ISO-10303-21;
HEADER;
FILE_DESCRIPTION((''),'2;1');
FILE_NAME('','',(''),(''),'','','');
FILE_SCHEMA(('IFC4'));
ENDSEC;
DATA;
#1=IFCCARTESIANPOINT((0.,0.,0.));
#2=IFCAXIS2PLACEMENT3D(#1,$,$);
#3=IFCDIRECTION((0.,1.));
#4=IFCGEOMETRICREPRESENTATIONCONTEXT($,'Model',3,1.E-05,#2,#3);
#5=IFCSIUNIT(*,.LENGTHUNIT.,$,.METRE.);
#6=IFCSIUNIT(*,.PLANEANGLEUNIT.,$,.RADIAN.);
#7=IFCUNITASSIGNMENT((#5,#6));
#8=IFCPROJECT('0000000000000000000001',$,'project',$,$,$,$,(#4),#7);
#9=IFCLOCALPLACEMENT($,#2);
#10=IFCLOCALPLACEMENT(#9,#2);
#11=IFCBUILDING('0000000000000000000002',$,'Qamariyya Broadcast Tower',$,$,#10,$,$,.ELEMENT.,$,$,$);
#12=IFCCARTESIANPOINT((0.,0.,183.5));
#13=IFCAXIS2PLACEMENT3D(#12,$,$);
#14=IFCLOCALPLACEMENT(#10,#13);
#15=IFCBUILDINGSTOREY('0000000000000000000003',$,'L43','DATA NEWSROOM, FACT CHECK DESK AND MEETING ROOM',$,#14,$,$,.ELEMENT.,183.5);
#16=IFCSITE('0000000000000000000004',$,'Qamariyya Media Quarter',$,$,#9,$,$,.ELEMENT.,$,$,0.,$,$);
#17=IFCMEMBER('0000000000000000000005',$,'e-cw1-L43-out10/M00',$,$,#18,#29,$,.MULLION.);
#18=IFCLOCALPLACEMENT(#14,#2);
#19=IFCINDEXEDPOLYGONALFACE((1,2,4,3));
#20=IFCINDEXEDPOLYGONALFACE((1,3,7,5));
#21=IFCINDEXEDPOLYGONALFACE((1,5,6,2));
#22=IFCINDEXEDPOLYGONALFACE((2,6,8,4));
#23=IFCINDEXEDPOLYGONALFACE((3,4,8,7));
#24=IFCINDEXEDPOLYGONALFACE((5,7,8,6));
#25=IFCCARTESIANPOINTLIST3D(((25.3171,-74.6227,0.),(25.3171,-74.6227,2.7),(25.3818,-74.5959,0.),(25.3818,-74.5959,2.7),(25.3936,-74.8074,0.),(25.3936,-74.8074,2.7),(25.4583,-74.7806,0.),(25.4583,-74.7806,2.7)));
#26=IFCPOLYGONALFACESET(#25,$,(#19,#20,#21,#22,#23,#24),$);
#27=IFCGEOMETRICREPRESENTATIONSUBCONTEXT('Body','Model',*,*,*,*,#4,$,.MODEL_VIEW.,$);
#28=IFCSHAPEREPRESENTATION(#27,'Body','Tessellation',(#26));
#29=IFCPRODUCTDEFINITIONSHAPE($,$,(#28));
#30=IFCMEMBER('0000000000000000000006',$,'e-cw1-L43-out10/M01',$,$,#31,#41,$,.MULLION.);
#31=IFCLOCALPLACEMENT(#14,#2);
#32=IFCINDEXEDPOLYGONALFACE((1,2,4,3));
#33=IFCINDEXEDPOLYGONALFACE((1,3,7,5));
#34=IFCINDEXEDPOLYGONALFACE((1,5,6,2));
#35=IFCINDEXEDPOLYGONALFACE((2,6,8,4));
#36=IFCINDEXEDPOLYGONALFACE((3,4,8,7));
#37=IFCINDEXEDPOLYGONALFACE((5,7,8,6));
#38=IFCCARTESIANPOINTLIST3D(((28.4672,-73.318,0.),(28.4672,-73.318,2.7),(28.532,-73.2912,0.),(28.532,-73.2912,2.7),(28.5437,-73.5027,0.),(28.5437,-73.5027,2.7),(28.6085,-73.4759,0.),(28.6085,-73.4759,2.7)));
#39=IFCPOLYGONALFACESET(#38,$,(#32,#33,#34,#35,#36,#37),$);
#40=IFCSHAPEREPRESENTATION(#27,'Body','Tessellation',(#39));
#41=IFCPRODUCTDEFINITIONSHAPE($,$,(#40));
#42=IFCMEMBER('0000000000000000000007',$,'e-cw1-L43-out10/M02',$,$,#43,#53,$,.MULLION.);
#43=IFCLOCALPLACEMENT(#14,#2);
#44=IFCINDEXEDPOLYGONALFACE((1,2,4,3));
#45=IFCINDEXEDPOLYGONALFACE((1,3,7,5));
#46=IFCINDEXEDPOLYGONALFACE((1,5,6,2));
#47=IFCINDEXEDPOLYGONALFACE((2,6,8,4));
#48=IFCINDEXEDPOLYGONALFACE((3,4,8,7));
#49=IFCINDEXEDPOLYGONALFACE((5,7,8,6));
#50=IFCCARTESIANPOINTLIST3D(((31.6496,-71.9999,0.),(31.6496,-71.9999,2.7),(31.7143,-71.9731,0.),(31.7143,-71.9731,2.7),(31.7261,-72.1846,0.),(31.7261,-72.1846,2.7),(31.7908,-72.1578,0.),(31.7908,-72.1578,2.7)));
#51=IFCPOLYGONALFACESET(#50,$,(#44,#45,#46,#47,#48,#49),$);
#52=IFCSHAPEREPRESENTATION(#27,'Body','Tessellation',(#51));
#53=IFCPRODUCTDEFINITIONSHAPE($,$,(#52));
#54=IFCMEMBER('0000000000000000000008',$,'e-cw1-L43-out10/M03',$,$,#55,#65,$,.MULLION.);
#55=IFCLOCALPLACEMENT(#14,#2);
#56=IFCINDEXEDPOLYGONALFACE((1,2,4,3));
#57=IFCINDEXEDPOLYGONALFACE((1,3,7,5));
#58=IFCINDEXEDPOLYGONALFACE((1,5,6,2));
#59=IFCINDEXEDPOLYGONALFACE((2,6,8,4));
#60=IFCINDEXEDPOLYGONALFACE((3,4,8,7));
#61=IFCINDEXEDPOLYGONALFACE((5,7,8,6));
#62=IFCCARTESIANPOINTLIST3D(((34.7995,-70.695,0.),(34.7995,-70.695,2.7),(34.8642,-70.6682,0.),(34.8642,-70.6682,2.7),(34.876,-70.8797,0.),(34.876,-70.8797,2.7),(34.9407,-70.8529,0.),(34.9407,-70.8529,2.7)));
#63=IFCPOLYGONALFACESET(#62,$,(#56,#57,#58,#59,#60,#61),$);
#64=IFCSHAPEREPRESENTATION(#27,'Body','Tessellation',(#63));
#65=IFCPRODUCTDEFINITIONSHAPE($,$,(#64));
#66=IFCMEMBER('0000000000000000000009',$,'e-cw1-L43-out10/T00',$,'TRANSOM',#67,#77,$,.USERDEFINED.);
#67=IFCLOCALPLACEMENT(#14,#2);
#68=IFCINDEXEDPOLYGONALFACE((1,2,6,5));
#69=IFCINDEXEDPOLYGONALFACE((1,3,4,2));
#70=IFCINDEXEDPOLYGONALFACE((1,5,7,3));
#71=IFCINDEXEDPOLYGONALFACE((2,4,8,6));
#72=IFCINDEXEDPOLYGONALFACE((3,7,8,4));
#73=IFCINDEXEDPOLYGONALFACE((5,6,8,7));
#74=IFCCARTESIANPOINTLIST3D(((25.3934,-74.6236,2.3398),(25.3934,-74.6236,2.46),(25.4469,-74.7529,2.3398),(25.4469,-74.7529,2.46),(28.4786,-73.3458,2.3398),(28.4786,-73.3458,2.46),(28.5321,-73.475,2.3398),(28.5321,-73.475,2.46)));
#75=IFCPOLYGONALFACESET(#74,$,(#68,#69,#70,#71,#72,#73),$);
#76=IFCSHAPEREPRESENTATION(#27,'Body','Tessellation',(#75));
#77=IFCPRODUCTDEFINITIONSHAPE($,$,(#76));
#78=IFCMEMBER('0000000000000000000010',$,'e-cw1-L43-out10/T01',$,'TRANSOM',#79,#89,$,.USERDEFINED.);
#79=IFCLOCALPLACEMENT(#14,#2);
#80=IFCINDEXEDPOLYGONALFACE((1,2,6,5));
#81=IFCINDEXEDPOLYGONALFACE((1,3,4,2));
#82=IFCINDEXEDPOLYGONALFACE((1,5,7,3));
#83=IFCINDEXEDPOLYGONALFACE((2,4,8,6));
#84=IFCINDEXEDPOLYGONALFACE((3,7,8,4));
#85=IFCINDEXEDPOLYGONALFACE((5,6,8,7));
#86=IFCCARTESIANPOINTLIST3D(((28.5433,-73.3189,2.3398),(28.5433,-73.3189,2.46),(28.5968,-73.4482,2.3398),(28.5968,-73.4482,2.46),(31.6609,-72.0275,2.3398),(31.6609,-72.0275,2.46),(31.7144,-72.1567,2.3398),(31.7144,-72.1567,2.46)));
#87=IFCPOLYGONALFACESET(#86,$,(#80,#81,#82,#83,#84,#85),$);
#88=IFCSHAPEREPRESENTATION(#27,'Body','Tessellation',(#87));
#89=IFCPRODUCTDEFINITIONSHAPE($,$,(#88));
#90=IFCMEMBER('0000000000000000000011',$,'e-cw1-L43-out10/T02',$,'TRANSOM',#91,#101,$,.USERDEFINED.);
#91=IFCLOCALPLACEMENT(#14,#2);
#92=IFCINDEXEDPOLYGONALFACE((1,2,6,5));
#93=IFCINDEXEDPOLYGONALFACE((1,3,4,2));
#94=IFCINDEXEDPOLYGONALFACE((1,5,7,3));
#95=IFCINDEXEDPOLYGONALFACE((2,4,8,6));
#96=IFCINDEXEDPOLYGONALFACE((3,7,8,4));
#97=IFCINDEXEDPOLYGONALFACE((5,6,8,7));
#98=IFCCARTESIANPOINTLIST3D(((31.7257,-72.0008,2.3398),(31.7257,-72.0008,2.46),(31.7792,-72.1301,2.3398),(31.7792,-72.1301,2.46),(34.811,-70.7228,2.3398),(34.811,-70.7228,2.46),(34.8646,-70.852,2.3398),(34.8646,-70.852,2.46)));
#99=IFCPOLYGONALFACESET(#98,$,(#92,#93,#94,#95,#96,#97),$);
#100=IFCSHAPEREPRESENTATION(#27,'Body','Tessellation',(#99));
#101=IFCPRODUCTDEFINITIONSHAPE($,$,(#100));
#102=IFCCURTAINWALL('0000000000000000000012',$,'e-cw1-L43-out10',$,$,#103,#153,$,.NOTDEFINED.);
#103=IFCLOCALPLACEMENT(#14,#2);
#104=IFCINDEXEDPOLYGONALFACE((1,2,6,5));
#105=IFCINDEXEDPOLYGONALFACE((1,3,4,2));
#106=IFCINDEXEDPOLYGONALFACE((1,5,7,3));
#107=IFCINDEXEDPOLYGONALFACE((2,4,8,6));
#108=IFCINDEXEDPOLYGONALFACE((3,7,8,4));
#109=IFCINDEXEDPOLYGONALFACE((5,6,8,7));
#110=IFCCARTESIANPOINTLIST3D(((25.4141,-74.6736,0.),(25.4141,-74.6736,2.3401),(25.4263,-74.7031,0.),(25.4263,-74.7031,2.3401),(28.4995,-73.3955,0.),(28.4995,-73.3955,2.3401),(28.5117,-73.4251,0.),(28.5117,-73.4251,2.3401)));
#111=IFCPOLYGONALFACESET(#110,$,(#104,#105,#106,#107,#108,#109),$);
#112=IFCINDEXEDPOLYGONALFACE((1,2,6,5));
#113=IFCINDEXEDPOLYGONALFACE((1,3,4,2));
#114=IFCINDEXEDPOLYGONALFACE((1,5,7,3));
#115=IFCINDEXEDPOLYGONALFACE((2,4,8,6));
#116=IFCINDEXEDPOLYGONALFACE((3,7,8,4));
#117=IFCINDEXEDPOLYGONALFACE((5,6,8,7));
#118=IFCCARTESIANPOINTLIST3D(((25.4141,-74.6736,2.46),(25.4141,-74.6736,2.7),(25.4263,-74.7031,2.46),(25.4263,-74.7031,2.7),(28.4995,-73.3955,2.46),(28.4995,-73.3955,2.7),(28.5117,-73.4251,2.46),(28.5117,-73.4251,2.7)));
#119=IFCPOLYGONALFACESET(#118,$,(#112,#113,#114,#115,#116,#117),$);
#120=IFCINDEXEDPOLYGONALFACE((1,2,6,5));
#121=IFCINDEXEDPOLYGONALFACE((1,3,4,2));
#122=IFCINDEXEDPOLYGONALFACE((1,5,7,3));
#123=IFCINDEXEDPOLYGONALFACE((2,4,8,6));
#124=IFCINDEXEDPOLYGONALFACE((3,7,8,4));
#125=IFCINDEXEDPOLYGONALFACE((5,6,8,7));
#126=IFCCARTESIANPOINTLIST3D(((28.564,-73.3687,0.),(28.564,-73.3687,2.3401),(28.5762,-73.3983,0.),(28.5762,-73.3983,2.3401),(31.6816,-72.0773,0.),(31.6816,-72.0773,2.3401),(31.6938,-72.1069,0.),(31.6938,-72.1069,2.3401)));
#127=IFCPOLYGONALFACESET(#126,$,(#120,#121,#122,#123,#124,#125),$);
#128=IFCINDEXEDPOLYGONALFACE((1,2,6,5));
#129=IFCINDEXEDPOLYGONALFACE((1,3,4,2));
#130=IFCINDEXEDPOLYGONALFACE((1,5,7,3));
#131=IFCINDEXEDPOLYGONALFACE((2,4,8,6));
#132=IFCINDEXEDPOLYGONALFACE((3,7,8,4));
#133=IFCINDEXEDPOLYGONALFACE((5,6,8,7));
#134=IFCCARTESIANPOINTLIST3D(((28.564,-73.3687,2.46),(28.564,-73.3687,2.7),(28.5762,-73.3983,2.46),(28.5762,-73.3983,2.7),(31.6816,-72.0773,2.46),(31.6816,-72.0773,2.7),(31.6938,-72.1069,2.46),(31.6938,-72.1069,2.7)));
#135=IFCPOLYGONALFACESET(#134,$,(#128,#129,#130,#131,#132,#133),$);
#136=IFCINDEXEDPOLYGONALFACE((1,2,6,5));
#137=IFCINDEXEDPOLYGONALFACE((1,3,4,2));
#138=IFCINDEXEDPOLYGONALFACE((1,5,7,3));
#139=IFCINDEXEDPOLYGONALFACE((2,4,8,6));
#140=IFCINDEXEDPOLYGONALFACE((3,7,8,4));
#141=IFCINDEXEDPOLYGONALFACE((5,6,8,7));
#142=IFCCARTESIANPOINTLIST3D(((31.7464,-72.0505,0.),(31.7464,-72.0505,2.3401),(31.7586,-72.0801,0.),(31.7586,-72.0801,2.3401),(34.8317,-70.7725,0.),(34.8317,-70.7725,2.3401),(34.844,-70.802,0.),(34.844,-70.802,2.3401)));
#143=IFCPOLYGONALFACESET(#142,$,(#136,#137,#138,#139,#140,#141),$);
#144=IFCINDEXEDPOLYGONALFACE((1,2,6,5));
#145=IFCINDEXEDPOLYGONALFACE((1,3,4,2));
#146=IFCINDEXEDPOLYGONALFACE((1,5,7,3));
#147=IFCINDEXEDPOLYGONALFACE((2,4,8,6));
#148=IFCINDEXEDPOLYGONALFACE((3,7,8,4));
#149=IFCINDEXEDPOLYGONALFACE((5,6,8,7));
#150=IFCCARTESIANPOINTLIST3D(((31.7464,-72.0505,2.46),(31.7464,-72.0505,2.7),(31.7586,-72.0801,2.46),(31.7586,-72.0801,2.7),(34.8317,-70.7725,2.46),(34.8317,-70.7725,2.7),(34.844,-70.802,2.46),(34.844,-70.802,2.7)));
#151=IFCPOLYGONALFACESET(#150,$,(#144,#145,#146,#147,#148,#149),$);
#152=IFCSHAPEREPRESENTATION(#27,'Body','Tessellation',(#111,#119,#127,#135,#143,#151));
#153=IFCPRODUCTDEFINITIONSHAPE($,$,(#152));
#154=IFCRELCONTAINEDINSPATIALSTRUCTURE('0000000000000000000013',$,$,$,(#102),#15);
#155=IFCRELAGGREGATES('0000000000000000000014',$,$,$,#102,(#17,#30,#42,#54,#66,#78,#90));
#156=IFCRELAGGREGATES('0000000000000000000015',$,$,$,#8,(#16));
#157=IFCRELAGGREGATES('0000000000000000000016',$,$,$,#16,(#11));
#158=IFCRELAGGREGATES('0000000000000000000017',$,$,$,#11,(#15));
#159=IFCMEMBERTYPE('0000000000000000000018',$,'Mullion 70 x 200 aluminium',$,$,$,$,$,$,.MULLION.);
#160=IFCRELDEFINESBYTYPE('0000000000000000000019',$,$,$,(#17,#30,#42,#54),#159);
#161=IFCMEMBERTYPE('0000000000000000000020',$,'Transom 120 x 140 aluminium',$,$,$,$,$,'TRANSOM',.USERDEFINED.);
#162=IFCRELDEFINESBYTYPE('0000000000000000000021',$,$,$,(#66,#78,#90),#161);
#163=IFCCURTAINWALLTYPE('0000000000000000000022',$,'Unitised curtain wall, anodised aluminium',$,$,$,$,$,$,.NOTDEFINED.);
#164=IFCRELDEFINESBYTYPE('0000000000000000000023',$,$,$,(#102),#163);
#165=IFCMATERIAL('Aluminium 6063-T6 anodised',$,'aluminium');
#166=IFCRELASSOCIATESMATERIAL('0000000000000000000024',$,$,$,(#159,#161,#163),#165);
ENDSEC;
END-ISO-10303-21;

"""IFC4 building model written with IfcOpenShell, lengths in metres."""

from ifc_helpers import new_model, si_unit, direction, frame, origin, origin_2d, place, context, subcontext, project, spatial, rectangle, extrude, material, material_profile, profile_set, type_object, element, aggregate, save


model = new_model("IFC4")

# Units and contexts
model_context = context("Model", 3, precision=1e-05, world=origin(), true_north=direction((0.0, 1.0)))
body_context = subcontext(model_context, "Body", "Model", "MODEL_VIEW")
ifc_project = project(units=[si_unit("LENGTHUNIT", "METRE"), si_unit("PLANEANGLEUNIT", "RADIAN")], contexts=[model_context])

# Site, building, storey
site_placement = place(None, origin())
site = spatial("IfcSite", under=ifc_project, at=site_placement, Name="Qamariyya Media Quarter", CompositionType="ELEMENT", RefElevation=0.0)
building_placement = place(site_placement, origin())
building = spatial("IfcBuilding", under=site, at=building_placement, Name="Qamariyya Broadcast Tower", CompositionType="ELEMENT")
storey_placement = place(building_placement, frame((0.0, 0.0, 183.5)))
storey = spatial("IfcBuildingStorey", under=building, at=storey_placement, Name="L43", Description="DATA NEWSROOM, FACT CHECK DESK AND MEETING ROOM", CompositionType="ELEMENT", Elevation=183.5)

# Members
ifc_material_1 = material(Name="Aluminium 6063-T6 anodised", Category="aluminium")
ifc_material_profile_1 = material_profile(ifc_material_1, rectangle(XDim=0.2, YDim=0.0701, at=origin_2d()))
ifc_profile_set_1 = profile_set([ifc_material_profile_1], Name="Aluminium 6063-T6 anodised")
member_type_1 = type_object("IfcMemberType", Name="Mullion 70 x 200 aluminium", PredefinedType="MULLION", material=ifc_profile_set_1)
member_1_placement = place(storey_placement, frame((25.3877, -74.7017, 0.0), z_axis=(0.0, 0.0, 1.0), x_axis=(-0.382683, 0.92388, 0.0)))
member_1 = element("IfcMember", 1, at=member_1_placement, type_object=member_type_1, Name="e-cw1-L43-out10/M00", PredefinedType="MULLION", context=body_context, shape_type="SweptSolid", body=[
    extrude(rectangle(XDim=0.2, YDim=0.0701, at=origin_2d()), origin(), (0.0, 0.0, 1.0), 2.7),
])
member_2_placement = place(storey_placement, frame((28.5378, -73.397, 0.0), z_axis=(0.0, 0.0, 1.0), x_axis=(-0.382683, 0.92388, 0.0)))
member_2 = element("IfcMember", 2, at=member_2_placement, type_object=member_type_1, Name="e-cw1-L43-out10/M01", PredefinedType="MULLION", context=body_context, shape_type="SweptSolid", body=[
    extrude(rectangle(XDim=0.2, YDim=0.0701, at=origin_2d()), origin(), (0.0, 0.0, 1.0), 2.7),
])
member_3_placement = place(storey_placement, frame((31.7202, -72.0789, 0.0), z_axis=(0.0, 0.0, 1.0), x_axis=(-0.382683, 0.92388, 0.0)))
member_3 = element("IfcMember", 3, at=member_3_placement, type_object=member_type_1, Name="e-cw1-L43-out10/M02", PredefinedType="MULLION", context=body_context, shape_type="SweptSolid", body=[
    extrude(rectangle(XDim=0.2, YDim=0.0701, at=origin_2d()), origin(), (0.0, 0.0, 1.0), 2.7),
])
member_4_placement = place(storey_placement, frame((34.8701, -70.7739, 0.0), z_axis=(0.0, 0.0, 1.0), x_axis=(-0.382683, 0.92388, 0.0)))
member_4 = element("IfcMember", 4, at=member_4_placement, type_object=member_type_1, Name="e-cw1-L43-out10/M03", PredefinedType="MULLION", context=body_context, shape_type="SweptSolid", body=[
    extrude(rectangle(XDim=0.2, YDim=0.0701, at=origin_2d()), origin(), (0.0, 0.0, 1.0), 2.7),
])
ifc_material_profile_2 = material_profile(ifc_material_1, rectangle(XDim=0.1399, YDim=0.1201, at=origin_2d()))
ifc_profile_set_2 = profile_set([ifc_material_profile_2], Name="Aluminium 6063-T6 anodised")
member_type_2 = type_object("IfcMemberType", Name="Transom 120 x 140 aluminium", ElementType="TRANSOM", PredefinedType="USERDEFINED", material=ifc_profile_set_2)
member_5_placement = place(storey_placement, frame((25.4202, -74.6882, 2.3999), z_axis=(0.92389, 0.382657, 0.0), x_axis=(-0.382657, 0.92389, 0.0)))
member_5 = element("IfcMember", 5, at=member_5_placement, type_object=member_type_2, Name="e-cw1-L43-out10/T00", ObjectType="TRANSOM", PredefinedType="USERDEFINED", context=body_context, shape_type="SweptSolid", body=[
    extrude(rectangle(XDim=0.1399, YDim=0.1201, at=origin_2d()), origin(), (0.0, 0.0, 1.0), 3.3394),
])
member_6_placement = place(storey_placement, frame((28.5701, -73.3835, 2.3999), z_axis=(0.923867, 0.382714, 0.0), x_axis=(-0.382714, 0.923867, 0.0)))
member_6 = element("IfcMember", 6, at=member_6_placement, type_object=member_type_2, Name="e-cw1-L43-out10/T01", ObjectType="TRANSOM", PredefinedType="USERDEFINED", context=body_context, shape_type="SweptSolid", body=[
    extrude(rectangle(XDim=0.1399, YDim=0.1201, at=origin_2d()), origin(), (0.0, 0.0, 1.0), 3.3745),
])
member_7_placement = place(storey_placement, frame((31.7524, -72.0654, 2.3999), z_axis=(0.923875, 0.382694, 0.0), x_axis=(-0.382694, 0.923875, 0.0)))
member_7 = element("IfcMember", 7, at=member_7_placement, type_object=member_type_2, Name="e-cw1-L43-out10/T02", ObjectType="TRANSOM", PredefinedType="USERDEFINED", context=body_context, shape_type="SweptSolid", body=[
    extrude(rectangle(XDim=0.1399, YDim=0.1201, at=origin_2d()), origin(), (0.0, 0.0, 1.0), 3.3396),
])

# Curtain wall
curtain_wall_type = type_object("IfcCurtainWallType", Name="Unitised curtain wall, anodised aluminium", PredefinedType="NOTDEFINED", material=ifc_material_1)
curtain_wall_1_placement = place(storey_placement, origin())
curtain_wall_1 = element("IfcCurtainWall", 8, at=curtain_wall_1_placement, inside=storey, type_object=curtain_wall_type, Name="e-cw1-L43-out10", PredefinedType="NOTDEFINED", context=body_context, shape_type="SweptSolid", body=[
    extrude(rectangle(XDim=3.3396, YDim=0.032, at=origin_2d()), frame((26.9629, -74.0493, 0.0), x_axis=(0.923878, 0.382687, 0.0)), (0.0, 0.0, 1.0), 2.3401),
    extrude(rectangle(XDim=3.3396, YDim=0.032, at=origin_2d()), frame((26.9629, -74.0493, 2.46), x_axis=(0.923878, 0.382687, 0.0)), (0.0, 0.0, 1.0), 0.24),
    extrude(rectangle(XDim=3.3745, YDim=0.032, at=origin_2d()), frame((30.1289, -72.7378, 0.0), x_axis=(0.923878, 0.382687, 0.0)), (0.0, 0.0, 1.0), 2.3401),
    extrude(rectangle(XDim=3.3745, YDim=0.032, at=origin_2d()), frame((30.1289, -72.7378, 2.46), x_axis=(0.923878, 0.382687, 0.0)), (0.0, 0.0, 1.0), 0.24),
    extrude(rectangle(XDim=3.3396, YDim=0.032, at=origin_2d()), frame((33.2952, -71.4263, 0.0), x_axis=(0.923878, 0.382687, 0.0)), (0.0, 0.0, 1.0), 2.3401),
    extrude(rectangle(XDim=3.3396, YDim=0.032, at=origin_2d()), frame((33.2952, -71.4263, 2.46), x_axis=(0.923878, 0.382687, 0.0)), (0.0, 0.0, 1.0), 0.24),
])
aggregate(curtain_wall_1, [member_1, member_2, member_3, member_4, member_5, member_6, member_7])

save(model, "model.ifc")
